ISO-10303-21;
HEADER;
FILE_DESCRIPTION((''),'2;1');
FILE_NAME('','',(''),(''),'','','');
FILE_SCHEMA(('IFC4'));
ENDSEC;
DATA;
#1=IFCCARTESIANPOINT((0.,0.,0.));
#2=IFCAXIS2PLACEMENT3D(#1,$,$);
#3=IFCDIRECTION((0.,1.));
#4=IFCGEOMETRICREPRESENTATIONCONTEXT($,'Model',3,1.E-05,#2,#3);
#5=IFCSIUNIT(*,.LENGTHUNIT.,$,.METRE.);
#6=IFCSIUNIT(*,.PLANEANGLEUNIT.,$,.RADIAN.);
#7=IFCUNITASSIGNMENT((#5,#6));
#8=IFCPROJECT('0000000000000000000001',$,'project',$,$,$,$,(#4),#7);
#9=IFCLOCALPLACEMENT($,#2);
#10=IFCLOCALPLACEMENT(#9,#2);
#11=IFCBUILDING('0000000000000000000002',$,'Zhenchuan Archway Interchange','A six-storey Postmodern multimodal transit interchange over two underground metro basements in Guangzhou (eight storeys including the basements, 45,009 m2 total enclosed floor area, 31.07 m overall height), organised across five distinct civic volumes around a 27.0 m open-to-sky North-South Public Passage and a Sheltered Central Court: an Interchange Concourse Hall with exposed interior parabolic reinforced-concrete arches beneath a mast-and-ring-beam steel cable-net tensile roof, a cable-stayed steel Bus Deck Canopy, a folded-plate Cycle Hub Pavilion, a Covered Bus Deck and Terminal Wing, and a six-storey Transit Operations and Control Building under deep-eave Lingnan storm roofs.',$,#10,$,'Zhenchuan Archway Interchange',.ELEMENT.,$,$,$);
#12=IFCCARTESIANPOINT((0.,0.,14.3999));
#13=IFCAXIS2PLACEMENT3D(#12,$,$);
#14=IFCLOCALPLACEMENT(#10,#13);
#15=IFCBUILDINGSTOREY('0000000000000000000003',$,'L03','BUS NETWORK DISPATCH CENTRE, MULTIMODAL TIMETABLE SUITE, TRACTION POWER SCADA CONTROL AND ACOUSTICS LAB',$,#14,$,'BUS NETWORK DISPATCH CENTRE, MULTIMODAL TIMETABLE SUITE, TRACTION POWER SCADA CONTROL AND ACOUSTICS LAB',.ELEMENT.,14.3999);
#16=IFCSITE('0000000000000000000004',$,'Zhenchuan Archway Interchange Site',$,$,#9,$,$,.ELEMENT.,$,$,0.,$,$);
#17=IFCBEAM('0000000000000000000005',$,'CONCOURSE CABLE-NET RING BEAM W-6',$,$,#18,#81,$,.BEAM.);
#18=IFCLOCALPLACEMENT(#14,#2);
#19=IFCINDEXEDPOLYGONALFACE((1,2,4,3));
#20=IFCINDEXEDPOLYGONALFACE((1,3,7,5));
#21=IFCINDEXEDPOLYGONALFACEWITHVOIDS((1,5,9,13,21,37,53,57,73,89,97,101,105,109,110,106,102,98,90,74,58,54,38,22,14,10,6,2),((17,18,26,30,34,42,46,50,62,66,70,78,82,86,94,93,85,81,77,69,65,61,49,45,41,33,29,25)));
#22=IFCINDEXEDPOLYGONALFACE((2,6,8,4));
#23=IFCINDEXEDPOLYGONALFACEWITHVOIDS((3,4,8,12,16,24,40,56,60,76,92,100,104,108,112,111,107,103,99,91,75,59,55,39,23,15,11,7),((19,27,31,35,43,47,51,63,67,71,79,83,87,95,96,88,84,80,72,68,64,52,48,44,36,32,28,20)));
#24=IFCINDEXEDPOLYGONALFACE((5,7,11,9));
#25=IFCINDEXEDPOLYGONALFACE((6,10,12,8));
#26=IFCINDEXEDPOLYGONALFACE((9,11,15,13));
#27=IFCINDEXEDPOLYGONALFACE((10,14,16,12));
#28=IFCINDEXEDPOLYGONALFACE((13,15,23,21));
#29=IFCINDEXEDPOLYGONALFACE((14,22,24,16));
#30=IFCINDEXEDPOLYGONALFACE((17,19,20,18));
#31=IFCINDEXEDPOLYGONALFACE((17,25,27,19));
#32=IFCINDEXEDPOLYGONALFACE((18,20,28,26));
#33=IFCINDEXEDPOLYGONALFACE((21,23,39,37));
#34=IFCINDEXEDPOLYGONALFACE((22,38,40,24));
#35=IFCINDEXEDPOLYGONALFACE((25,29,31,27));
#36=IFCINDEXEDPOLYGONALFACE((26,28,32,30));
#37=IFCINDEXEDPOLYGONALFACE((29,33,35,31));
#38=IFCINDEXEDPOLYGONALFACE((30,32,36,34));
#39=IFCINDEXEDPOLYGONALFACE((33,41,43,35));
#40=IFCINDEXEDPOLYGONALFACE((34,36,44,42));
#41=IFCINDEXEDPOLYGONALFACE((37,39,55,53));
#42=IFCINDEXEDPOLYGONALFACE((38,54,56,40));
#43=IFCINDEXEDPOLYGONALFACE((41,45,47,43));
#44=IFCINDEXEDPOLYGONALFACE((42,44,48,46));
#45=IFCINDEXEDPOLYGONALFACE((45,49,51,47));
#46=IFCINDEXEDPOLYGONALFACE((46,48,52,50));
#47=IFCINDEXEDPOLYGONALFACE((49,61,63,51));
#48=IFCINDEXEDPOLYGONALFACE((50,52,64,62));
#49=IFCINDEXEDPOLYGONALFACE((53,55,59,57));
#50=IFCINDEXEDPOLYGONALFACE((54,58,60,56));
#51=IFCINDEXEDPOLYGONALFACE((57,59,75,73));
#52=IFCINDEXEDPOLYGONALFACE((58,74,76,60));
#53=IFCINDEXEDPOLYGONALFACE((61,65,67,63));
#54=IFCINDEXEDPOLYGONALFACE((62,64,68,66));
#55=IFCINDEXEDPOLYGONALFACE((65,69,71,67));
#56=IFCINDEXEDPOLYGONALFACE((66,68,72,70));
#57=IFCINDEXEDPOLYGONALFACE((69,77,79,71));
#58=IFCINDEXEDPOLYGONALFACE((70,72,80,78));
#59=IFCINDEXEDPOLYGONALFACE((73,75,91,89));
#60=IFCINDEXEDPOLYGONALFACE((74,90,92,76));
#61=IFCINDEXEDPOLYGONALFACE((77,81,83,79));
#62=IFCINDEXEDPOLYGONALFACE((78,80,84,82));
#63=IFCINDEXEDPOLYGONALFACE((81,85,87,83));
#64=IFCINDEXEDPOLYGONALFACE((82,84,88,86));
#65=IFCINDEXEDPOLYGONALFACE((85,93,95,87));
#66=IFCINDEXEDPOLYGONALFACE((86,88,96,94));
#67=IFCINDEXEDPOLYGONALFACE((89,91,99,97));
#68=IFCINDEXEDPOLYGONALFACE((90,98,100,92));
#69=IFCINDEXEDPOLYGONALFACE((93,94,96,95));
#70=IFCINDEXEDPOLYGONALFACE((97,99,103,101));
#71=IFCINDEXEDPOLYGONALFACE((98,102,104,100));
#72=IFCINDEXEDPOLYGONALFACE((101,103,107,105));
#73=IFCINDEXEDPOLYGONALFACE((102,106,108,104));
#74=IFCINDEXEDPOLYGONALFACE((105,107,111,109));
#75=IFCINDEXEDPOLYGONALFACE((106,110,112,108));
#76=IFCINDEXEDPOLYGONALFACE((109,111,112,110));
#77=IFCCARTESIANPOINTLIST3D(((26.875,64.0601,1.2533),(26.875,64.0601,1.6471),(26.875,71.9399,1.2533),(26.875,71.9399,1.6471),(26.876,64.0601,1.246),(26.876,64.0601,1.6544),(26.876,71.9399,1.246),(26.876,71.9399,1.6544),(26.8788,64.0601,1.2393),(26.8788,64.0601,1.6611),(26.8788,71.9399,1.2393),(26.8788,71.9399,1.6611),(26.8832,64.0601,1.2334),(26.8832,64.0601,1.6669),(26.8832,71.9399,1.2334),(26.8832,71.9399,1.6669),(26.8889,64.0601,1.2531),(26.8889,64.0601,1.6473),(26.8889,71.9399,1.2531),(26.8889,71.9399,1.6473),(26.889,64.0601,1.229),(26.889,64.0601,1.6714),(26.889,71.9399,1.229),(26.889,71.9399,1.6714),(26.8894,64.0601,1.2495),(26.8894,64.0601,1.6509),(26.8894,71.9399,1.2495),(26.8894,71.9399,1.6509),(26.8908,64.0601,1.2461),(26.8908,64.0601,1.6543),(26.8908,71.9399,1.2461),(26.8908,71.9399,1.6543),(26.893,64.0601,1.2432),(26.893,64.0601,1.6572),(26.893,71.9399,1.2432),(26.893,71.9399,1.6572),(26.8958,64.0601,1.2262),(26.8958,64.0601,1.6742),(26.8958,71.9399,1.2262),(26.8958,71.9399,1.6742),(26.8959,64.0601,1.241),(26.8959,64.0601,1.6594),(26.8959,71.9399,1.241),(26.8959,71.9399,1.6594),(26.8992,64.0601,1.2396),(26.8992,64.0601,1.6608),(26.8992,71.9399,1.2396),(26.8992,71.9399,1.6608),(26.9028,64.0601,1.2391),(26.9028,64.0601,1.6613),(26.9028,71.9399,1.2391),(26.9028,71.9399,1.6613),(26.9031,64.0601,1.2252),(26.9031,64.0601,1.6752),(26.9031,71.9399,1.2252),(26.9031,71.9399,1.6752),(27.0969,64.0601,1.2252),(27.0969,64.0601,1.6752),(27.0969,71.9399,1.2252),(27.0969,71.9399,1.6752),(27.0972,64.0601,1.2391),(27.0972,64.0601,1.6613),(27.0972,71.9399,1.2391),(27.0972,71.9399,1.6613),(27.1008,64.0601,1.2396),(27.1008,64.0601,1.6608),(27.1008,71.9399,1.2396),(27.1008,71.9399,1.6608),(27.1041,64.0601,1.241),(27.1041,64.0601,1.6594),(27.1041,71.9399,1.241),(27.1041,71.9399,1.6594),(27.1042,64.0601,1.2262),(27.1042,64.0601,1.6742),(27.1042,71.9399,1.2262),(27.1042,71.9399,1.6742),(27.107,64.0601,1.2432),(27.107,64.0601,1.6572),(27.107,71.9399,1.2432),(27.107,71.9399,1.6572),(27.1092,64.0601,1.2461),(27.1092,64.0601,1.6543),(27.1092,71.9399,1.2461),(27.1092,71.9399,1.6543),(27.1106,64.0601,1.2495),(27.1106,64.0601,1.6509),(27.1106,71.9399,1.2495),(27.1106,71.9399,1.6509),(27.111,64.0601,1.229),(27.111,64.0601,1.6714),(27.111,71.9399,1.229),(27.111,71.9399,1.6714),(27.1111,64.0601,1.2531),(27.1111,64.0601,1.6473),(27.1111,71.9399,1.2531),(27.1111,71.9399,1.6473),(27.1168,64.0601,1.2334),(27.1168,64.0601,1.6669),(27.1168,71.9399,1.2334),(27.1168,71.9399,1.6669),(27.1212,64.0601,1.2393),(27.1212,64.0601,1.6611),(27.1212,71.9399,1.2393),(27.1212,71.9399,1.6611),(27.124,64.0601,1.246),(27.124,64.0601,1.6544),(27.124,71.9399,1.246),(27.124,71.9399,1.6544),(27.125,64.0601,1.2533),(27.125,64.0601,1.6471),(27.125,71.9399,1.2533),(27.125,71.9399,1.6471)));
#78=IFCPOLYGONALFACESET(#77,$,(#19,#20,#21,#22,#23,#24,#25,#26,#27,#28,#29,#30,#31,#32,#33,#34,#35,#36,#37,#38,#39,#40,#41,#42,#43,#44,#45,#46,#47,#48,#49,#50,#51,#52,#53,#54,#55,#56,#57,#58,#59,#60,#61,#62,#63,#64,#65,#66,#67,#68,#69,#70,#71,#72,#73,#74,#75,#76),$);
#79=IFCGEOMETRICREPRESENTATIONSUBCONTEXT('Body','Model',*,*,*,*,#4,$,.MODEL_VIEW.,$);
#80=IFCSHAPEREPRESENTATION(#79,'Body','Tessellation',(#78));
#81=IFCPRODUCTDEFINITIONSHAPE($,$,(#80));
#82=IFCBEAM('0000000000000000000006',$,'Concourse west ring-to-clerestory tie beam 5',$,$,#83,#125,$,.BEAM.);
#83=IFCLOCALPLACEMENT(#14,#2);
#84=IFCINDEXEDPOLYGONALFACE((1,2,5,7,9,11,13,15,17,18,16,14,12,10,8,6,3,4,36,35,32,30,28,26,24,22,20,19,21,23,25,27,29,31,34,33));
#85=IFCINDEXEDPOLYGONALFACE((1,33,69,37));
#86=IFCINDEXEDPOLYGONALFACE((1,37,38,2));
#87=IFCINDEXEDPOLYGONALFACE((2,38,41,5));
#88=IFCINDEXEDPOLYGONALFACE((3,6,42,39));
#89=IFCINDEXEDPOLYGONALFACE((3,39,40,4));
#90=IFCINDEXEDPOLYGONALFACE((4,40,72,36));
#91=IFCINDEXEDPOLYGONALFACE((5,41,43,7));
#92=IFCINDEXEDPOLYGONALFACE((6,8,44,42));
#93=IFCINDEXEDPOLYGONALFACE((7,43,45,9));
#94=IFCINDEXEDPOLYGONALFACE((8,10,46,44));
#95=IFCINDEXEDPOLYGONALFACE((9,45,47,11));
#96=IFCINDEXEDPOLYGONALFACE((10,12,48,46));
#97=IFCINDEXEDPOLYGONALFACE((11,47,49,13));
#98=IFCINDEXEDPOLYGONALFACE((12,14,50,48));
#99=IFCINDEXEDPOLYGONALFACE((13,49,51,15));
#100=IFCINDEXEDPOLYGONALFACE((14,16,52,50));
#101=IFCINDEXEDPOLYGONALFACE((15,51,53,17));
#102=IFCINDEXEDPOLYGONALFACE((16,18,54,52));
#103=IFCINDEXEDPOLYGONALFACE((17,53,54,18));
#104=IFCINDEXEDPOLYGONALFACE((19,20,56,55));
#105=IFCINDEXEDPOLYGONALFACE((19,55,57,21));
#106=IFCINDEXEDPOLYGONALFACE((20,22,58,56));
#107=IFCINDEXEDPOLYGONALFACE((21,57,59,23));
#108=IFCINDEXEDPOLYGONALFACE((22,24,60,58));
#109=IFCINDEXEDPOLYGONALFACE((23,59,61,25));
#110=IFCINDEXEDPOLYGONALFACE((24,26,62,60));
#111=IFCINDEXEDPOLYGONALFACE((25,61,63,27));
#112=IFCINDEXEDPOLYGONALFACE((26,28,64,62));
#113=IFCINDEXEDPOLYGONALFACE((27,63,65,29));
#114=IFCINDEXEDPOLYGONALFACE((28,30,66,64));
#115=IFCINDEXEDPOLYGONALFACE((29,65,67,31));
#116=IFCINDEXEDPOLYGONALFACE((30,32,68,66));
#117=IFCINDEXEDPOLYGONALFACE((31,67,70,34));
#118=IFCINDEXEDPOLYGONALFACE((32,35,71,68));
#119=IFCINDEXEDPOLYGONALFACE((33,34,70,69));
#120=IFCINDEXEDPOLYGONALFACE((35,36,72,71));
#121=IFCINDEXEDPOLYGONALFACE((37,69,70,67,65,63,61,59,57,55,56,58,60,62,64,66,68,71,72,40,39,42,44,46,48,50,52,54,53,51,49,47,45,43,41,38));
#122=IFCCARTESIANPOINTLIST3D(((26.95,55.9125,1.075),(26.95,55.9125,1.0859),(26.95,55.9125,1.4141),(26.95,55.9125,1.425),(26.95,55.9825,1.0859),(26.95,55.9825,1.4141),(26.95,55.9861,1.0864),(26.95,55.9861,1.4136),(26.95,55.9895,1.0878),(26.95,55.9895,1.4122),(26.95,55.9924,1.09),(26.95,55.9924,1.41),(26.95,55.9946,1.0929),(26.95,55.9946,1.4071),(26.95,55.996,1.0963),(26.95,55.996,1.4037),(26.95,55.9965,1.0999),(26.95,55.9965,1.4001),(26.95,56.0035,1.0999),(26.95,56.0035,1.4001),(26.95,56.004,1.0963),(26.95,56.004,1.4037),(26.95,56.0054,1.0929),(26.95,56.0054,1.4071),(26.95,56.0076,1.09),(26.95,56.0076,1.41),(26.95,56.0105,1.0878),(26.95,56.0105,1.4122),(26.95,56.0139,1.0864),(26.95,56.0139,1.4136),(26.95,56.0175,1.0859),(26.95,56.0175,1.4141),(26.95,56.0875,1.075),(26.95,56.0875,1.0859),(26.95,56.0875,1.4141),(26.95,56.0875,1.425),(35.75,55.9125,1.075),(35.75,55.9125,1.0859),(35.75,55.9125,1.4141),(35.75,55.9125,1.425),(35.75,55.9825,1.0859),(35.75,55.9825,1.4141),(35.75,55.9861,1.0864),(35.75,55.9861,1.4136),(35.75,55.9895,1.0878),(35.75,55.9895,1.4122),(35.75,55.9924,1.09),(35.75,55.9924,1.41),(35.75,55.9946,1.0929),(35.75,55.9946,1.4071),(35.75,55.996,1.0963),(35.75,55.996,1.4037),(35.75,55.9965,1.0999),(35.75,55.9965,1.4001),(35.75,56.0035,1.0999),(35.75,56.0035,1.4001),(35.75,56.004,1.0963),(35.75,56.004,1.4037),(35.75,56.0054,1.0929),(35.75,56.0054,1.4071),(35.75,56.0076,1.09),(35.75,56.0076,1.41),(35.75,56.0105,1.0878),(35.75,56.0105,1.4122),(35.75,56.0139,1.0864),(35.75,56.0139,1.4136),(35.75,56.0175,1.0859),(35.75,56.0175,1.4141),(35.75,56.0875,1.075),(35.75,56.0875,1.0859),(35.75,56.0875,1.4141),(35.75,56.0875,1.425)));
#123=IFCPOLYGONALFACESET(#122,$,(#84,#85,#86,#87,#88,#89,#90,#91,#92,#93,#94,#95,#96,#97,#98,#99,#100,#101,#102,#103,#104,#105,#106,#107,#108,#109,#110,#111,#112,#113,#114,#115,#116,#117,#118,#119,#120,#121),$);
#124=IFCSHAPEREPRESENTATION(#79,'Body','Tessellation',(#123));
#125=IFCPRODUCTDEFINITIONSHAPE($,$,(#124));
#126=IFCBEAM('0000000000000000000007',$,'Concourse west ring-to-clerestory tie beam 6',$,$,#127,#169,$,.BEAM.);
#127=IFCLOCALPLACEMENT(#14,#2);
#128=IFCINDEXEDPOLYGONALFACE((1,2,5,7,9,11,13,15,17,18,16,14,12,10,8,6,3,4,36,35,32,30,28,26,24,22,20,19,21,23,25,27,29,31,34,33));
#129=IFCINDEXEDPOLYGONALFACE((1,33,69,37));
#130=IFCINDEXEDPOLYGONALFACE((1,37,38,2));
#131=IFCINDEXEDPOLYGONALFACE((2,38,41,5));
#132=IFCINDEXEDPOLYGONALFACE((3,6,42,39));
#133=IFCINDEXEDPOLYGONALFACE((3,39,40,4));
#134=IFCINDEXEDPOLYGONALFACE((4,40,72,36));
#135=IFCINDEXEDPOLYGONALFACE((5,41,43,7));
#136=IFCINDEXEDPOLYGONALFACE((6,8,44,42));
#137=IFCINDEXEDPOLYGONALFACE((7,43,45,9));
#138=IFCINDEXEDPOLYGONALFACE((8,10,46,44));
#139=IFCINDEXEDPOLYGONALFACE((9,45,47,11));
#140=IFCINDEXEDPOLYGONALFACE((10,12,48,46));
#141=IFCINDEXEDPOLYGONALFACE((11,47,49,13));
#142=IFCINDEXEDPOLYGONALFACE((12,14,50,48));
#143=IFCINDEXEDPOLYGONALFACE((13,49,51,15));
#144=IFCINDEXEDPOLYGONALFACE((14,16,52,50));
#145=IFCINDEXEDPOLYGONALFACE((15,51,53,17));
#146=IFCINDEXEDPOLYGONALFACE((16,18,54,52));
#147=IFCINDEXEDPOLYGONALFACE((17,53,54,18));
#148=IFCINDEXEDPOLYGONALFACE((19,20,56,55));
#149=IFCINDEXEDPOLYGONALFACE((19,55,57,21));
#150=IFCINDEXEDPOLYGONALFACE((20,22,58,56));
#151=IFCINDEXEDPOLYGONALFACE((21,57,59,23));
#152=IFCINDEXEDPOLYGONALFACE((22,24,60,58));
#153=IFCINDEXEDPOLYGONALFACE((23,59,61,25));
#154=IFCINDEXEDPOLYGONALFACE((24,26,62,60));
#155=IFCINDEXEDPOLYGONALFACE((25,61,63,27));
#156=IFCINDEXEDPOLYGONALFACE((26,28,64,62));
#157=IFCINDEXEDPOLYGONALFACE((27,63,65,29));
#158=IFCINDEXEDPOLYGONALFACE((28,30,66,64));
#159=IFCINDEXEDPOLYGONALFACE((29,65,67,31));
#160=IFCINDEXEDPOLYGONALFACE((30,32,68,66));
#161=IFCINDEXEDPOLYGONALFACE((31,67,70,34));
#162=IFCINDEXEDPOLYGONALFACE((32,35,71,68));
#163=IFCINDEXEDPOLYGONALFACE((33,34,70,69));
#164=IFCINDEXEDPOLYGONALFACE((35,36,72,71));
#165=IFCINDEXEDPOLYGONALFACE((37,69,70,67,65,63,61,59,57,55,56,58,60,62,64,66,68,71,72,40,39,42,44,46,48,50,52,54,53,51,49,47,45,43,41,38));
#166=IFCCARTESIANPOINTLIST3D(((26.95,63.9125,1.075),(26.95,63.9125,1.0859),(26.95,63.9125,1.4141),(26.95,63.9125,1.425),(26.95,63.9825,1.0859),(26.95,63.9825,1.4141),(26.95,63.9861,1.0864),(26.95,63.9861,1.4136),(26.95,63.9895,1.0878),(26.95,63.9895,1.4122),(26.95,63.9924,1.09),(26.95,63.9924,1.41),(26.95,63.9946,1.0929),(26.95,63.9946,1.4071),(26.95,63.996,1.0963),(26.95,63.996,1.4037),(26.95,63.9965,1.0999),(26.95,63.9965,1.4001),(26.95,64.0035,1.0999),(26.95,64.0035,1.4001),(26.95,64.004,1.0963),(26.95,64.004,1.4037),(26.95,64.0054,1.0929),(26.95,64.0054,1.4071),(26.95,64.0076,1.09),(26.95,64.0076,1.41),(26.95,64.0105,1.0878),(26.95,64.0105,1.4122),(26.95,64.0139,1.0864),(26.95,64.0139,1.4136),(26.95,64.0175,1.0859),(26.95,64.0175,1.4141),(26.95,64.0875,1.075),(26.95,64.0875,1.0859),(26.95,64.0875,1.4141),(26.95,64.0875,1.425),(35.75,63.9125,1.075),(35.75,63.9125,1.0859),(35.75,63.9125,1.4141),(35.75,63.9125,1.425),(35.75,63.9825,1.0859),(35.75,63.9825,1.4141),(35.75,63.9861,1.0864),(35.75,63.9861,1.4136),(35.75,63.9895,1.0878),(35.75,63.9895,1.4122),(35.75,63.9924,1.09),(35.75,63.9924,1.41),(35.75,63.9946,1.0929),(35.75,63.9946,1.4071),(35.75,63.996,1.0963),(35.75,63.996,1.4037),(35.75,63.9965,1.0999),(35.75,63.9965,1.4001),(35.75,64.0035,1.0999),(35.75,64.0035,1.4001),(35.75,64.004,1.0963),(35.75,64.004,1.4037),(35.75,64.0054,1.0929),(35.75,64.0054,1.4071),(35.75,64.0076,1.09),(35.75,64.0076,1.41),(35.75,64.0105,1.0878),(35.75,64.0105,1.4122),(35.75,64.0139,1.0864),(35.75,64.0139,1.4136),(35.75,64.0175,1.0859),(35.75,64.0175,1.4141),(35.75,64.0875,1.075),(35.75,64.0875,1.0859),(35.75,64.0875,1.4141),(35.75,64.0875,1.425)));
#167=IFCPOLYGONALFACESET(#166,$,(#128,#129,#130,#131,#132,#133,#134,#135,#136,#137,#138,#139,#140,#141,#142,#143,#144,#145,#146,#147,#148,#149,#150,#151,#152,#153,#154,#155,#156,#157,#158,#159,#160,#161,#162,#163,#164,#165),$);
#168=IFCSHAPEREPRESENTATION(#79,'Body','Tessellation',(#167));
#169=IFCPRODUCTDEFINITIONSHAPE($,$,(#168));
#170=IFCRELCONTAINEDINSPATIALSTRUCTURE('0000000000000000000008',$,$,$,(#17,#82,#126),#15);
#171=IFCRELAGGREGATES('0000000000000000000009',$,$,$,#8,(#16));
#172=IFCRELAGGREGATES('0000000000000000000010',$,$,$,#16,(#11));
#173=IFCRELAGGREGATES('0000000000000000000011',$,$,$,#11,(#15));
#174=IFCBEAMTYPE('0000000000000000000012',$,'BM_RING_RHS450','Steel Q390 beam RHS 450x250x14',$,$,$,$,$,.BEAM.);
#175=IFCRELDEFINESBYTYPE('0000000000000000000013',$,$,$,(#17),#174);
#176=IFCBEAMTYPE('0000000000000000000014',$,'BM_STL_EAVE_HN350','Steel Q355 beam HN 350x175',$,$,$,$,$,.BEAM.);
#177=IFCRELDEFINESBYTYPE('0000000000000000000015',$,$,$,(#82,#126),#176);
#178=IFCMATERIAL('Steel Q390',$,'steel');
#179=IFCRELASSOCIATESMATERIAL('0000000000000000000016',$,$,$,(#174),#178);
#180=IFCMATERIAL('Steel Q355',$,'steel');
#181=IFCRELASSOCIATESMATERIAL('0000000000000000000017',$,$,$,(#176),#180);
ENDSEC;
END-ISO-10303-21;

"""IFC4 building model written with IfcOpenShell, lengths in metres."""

from ifc_helpers import new_model, si_unit, direction, frame, origin, origin_2d, place, context, subcontext, project, spatial, hollow_rectangle, i_section, extrude, material, material_profile, profile_set, type_object, element, save


model = new_model("IFC4")

# Units and contexts
model_context = context("Model", 3, precision=1e-05, world=origin(), true_north=direction((0.0, 1.0)))
body_context = subcontext(model_context, "Body", "Model", "MODEL_VIEW")
ifc_project = project(units=[si_unit("LENGTHUNIT", "METRE"), si_unit("PLANEANGLEUNIT", "RADIAN")], contexts=[model_context])

# Site, building, storey
site_placement = place(None, origin())
site = spatial("IfcSite", under=ifc_project, at=site_placement, Name="Zhenchuan Archway Interchange Site", CompositionType="ELEMENT", RefElevation=0.0)
building_placement = place(site_placement, origin())
building = spatial("IfcBuilding", under=site, at=building_placement, Name="Zhenchuan Archway Interchange", Description="A six-storey Postmodern multimodal transit interchange over two underground metro basements in Guangzhou (eight storeys including the basements, 45,009 m2 total enclosed floor area, 31.07 m overall height), organised across five distinct civic volumes around a 27.0 m open-to-sky North-South Public Passage and a Sheltered Central Court: an Interchange Concourse Hall with exposed interior parabolic reinforced-concrete arches beneath a mast-and-ring-beam steel cable-net tensile roof, a cable-stayed steel Bus Deck Canopy, a folded-plate Cycle Hub Pavilion, a Covered Bus Deck and Terminal Wing, and a six-storey Transit Operations and Control Building under deep-eave Lingnan storm roofs.", LongName="Zhenchuan Archway Interchange", CompositionType="ELEMENT")
storey_placement = place(building_placement, frame((0.0, 0.0, 14.3999)))
storey = spatial("IfcBuildingStorey", under=building, at=storey_placement, Name="L03", Description="BUS NETWORK DISPATCH CENTRE, MULTIMODAL TIMETABLE SUITE, TRACTION POWER SCADA CONTROL AND ACOUSTICS LAB", LongName="BUS NETWORK DISPATCH CENTRE, MULTIMODAL TIMETABLE SUITE, TRACTION POWER SCADA CONTROL AND ACOUSTICS LAB", CompositionType="ELEMENT", Elevation=14.3999)

# Shared definitions
ifc_material_1 = material(Name="Steel Q355", Category="steel")

# Beams
ifc_material_2 = material(Name="Steel Q390", Category="steel")
ifc_material_profile_1 = material_profile(ifc_material_2, hollow_rectangle(XDim=0.25, YDim=0.45, WallThickness=0.0139, InnerFilletRadius=0.0139, OuterFilletRadius=0.0281, at=origin_2d()), Name="RHS 450x250x14")
ifc_profile_set_1 = profile_set([ifc_material_profile_1], Name="Steel Q390")
beam_type_1 = type_object("IfcBeamType", Name="BM_RING_RHS450", Description="Steel Q390 beam RHS 450x250x14", PredefinedType="BEAM", material=ifc_profile_set_1)
for number, where, z_axis, x_axis, name in (
    (1, (27.0, 64.0601, 1.4502), (0.0, 1.0, 0.0), (-1.0, 0.0, 0.0), "CONCOURSE CABLE-NET RING BEAM W-6"),
):
    element("IfcBeam", number, at=place(storey_placement, frame(where, z_axis=z_axis, x_axis=x_axis)), inside=storey, type_object=beam_type_1, Name=name, PredefinedType="BEAM", context=body_context, shape_type="SweptSolid", body=[
        extrude(hollow_rectangle(XDim=0.25, YDim=0.45, WallThickness=0.0139, InnerFilletRadius=0.0139, OuterFilletRadius=0.0281, at=origin_2d()), origin(), (0.0, 0.0, 1.0), 7.8799),
    ])
ifc_material_profile_2 = material_profile(ifc_material_1, i_section(OverallWidth=0.175, OverallDepth=0.3501, WebThickness=0.0071, FlangeThickness=0.011, FilletRadius=0.0139, at=origin_2d()), Name="HN 350x175")
ifc_profile_set_2 = profile_set([ifc_material_profile_2], Name="Steel Q355")
beam_type_2 = type_object("IfcBeamType", Name="BM_STL_EAVE_HN350", Description="Steel Q355 beam HN 350x175", PredefinedType="BEAM", material=ifc_profile_set_2)
for number, where, z_axis, x_axis, name in (
    (2, (26.95, 56.0, 1.25), (1.0, 0.0, 0.0), (0.0, 1.0, 0.0), "Concourse west ring-to-clerestory tie beam 5"),
    (3, (26.95, 64.0, 1.25), (1.0, 0.0, 0.0), (0.0, 1.0, 0.0), "Concourse west ring-to-clerestory tie beam 6"),
):
    element("IfcBeam", number, at=place(storey_placement, frame(where, z_axis=z_axis, x_axis=x_axis)), inside=storey, type_object=beam_type_2, Name=name, PredefinedType="BEAM", context=body_context, shape_type="SweptSolid", body=[
        extrude(i_section(OverallWidth=0.175, OverallDepth=0.3501, WebThickness=0.0071, FlangeThickness=0.011, FilletRadius=0.0139, at=origin_2d()), origin(), (0.0, 0.0, 1.0), 8.8),
    ])

save(model, "model.ifc")
